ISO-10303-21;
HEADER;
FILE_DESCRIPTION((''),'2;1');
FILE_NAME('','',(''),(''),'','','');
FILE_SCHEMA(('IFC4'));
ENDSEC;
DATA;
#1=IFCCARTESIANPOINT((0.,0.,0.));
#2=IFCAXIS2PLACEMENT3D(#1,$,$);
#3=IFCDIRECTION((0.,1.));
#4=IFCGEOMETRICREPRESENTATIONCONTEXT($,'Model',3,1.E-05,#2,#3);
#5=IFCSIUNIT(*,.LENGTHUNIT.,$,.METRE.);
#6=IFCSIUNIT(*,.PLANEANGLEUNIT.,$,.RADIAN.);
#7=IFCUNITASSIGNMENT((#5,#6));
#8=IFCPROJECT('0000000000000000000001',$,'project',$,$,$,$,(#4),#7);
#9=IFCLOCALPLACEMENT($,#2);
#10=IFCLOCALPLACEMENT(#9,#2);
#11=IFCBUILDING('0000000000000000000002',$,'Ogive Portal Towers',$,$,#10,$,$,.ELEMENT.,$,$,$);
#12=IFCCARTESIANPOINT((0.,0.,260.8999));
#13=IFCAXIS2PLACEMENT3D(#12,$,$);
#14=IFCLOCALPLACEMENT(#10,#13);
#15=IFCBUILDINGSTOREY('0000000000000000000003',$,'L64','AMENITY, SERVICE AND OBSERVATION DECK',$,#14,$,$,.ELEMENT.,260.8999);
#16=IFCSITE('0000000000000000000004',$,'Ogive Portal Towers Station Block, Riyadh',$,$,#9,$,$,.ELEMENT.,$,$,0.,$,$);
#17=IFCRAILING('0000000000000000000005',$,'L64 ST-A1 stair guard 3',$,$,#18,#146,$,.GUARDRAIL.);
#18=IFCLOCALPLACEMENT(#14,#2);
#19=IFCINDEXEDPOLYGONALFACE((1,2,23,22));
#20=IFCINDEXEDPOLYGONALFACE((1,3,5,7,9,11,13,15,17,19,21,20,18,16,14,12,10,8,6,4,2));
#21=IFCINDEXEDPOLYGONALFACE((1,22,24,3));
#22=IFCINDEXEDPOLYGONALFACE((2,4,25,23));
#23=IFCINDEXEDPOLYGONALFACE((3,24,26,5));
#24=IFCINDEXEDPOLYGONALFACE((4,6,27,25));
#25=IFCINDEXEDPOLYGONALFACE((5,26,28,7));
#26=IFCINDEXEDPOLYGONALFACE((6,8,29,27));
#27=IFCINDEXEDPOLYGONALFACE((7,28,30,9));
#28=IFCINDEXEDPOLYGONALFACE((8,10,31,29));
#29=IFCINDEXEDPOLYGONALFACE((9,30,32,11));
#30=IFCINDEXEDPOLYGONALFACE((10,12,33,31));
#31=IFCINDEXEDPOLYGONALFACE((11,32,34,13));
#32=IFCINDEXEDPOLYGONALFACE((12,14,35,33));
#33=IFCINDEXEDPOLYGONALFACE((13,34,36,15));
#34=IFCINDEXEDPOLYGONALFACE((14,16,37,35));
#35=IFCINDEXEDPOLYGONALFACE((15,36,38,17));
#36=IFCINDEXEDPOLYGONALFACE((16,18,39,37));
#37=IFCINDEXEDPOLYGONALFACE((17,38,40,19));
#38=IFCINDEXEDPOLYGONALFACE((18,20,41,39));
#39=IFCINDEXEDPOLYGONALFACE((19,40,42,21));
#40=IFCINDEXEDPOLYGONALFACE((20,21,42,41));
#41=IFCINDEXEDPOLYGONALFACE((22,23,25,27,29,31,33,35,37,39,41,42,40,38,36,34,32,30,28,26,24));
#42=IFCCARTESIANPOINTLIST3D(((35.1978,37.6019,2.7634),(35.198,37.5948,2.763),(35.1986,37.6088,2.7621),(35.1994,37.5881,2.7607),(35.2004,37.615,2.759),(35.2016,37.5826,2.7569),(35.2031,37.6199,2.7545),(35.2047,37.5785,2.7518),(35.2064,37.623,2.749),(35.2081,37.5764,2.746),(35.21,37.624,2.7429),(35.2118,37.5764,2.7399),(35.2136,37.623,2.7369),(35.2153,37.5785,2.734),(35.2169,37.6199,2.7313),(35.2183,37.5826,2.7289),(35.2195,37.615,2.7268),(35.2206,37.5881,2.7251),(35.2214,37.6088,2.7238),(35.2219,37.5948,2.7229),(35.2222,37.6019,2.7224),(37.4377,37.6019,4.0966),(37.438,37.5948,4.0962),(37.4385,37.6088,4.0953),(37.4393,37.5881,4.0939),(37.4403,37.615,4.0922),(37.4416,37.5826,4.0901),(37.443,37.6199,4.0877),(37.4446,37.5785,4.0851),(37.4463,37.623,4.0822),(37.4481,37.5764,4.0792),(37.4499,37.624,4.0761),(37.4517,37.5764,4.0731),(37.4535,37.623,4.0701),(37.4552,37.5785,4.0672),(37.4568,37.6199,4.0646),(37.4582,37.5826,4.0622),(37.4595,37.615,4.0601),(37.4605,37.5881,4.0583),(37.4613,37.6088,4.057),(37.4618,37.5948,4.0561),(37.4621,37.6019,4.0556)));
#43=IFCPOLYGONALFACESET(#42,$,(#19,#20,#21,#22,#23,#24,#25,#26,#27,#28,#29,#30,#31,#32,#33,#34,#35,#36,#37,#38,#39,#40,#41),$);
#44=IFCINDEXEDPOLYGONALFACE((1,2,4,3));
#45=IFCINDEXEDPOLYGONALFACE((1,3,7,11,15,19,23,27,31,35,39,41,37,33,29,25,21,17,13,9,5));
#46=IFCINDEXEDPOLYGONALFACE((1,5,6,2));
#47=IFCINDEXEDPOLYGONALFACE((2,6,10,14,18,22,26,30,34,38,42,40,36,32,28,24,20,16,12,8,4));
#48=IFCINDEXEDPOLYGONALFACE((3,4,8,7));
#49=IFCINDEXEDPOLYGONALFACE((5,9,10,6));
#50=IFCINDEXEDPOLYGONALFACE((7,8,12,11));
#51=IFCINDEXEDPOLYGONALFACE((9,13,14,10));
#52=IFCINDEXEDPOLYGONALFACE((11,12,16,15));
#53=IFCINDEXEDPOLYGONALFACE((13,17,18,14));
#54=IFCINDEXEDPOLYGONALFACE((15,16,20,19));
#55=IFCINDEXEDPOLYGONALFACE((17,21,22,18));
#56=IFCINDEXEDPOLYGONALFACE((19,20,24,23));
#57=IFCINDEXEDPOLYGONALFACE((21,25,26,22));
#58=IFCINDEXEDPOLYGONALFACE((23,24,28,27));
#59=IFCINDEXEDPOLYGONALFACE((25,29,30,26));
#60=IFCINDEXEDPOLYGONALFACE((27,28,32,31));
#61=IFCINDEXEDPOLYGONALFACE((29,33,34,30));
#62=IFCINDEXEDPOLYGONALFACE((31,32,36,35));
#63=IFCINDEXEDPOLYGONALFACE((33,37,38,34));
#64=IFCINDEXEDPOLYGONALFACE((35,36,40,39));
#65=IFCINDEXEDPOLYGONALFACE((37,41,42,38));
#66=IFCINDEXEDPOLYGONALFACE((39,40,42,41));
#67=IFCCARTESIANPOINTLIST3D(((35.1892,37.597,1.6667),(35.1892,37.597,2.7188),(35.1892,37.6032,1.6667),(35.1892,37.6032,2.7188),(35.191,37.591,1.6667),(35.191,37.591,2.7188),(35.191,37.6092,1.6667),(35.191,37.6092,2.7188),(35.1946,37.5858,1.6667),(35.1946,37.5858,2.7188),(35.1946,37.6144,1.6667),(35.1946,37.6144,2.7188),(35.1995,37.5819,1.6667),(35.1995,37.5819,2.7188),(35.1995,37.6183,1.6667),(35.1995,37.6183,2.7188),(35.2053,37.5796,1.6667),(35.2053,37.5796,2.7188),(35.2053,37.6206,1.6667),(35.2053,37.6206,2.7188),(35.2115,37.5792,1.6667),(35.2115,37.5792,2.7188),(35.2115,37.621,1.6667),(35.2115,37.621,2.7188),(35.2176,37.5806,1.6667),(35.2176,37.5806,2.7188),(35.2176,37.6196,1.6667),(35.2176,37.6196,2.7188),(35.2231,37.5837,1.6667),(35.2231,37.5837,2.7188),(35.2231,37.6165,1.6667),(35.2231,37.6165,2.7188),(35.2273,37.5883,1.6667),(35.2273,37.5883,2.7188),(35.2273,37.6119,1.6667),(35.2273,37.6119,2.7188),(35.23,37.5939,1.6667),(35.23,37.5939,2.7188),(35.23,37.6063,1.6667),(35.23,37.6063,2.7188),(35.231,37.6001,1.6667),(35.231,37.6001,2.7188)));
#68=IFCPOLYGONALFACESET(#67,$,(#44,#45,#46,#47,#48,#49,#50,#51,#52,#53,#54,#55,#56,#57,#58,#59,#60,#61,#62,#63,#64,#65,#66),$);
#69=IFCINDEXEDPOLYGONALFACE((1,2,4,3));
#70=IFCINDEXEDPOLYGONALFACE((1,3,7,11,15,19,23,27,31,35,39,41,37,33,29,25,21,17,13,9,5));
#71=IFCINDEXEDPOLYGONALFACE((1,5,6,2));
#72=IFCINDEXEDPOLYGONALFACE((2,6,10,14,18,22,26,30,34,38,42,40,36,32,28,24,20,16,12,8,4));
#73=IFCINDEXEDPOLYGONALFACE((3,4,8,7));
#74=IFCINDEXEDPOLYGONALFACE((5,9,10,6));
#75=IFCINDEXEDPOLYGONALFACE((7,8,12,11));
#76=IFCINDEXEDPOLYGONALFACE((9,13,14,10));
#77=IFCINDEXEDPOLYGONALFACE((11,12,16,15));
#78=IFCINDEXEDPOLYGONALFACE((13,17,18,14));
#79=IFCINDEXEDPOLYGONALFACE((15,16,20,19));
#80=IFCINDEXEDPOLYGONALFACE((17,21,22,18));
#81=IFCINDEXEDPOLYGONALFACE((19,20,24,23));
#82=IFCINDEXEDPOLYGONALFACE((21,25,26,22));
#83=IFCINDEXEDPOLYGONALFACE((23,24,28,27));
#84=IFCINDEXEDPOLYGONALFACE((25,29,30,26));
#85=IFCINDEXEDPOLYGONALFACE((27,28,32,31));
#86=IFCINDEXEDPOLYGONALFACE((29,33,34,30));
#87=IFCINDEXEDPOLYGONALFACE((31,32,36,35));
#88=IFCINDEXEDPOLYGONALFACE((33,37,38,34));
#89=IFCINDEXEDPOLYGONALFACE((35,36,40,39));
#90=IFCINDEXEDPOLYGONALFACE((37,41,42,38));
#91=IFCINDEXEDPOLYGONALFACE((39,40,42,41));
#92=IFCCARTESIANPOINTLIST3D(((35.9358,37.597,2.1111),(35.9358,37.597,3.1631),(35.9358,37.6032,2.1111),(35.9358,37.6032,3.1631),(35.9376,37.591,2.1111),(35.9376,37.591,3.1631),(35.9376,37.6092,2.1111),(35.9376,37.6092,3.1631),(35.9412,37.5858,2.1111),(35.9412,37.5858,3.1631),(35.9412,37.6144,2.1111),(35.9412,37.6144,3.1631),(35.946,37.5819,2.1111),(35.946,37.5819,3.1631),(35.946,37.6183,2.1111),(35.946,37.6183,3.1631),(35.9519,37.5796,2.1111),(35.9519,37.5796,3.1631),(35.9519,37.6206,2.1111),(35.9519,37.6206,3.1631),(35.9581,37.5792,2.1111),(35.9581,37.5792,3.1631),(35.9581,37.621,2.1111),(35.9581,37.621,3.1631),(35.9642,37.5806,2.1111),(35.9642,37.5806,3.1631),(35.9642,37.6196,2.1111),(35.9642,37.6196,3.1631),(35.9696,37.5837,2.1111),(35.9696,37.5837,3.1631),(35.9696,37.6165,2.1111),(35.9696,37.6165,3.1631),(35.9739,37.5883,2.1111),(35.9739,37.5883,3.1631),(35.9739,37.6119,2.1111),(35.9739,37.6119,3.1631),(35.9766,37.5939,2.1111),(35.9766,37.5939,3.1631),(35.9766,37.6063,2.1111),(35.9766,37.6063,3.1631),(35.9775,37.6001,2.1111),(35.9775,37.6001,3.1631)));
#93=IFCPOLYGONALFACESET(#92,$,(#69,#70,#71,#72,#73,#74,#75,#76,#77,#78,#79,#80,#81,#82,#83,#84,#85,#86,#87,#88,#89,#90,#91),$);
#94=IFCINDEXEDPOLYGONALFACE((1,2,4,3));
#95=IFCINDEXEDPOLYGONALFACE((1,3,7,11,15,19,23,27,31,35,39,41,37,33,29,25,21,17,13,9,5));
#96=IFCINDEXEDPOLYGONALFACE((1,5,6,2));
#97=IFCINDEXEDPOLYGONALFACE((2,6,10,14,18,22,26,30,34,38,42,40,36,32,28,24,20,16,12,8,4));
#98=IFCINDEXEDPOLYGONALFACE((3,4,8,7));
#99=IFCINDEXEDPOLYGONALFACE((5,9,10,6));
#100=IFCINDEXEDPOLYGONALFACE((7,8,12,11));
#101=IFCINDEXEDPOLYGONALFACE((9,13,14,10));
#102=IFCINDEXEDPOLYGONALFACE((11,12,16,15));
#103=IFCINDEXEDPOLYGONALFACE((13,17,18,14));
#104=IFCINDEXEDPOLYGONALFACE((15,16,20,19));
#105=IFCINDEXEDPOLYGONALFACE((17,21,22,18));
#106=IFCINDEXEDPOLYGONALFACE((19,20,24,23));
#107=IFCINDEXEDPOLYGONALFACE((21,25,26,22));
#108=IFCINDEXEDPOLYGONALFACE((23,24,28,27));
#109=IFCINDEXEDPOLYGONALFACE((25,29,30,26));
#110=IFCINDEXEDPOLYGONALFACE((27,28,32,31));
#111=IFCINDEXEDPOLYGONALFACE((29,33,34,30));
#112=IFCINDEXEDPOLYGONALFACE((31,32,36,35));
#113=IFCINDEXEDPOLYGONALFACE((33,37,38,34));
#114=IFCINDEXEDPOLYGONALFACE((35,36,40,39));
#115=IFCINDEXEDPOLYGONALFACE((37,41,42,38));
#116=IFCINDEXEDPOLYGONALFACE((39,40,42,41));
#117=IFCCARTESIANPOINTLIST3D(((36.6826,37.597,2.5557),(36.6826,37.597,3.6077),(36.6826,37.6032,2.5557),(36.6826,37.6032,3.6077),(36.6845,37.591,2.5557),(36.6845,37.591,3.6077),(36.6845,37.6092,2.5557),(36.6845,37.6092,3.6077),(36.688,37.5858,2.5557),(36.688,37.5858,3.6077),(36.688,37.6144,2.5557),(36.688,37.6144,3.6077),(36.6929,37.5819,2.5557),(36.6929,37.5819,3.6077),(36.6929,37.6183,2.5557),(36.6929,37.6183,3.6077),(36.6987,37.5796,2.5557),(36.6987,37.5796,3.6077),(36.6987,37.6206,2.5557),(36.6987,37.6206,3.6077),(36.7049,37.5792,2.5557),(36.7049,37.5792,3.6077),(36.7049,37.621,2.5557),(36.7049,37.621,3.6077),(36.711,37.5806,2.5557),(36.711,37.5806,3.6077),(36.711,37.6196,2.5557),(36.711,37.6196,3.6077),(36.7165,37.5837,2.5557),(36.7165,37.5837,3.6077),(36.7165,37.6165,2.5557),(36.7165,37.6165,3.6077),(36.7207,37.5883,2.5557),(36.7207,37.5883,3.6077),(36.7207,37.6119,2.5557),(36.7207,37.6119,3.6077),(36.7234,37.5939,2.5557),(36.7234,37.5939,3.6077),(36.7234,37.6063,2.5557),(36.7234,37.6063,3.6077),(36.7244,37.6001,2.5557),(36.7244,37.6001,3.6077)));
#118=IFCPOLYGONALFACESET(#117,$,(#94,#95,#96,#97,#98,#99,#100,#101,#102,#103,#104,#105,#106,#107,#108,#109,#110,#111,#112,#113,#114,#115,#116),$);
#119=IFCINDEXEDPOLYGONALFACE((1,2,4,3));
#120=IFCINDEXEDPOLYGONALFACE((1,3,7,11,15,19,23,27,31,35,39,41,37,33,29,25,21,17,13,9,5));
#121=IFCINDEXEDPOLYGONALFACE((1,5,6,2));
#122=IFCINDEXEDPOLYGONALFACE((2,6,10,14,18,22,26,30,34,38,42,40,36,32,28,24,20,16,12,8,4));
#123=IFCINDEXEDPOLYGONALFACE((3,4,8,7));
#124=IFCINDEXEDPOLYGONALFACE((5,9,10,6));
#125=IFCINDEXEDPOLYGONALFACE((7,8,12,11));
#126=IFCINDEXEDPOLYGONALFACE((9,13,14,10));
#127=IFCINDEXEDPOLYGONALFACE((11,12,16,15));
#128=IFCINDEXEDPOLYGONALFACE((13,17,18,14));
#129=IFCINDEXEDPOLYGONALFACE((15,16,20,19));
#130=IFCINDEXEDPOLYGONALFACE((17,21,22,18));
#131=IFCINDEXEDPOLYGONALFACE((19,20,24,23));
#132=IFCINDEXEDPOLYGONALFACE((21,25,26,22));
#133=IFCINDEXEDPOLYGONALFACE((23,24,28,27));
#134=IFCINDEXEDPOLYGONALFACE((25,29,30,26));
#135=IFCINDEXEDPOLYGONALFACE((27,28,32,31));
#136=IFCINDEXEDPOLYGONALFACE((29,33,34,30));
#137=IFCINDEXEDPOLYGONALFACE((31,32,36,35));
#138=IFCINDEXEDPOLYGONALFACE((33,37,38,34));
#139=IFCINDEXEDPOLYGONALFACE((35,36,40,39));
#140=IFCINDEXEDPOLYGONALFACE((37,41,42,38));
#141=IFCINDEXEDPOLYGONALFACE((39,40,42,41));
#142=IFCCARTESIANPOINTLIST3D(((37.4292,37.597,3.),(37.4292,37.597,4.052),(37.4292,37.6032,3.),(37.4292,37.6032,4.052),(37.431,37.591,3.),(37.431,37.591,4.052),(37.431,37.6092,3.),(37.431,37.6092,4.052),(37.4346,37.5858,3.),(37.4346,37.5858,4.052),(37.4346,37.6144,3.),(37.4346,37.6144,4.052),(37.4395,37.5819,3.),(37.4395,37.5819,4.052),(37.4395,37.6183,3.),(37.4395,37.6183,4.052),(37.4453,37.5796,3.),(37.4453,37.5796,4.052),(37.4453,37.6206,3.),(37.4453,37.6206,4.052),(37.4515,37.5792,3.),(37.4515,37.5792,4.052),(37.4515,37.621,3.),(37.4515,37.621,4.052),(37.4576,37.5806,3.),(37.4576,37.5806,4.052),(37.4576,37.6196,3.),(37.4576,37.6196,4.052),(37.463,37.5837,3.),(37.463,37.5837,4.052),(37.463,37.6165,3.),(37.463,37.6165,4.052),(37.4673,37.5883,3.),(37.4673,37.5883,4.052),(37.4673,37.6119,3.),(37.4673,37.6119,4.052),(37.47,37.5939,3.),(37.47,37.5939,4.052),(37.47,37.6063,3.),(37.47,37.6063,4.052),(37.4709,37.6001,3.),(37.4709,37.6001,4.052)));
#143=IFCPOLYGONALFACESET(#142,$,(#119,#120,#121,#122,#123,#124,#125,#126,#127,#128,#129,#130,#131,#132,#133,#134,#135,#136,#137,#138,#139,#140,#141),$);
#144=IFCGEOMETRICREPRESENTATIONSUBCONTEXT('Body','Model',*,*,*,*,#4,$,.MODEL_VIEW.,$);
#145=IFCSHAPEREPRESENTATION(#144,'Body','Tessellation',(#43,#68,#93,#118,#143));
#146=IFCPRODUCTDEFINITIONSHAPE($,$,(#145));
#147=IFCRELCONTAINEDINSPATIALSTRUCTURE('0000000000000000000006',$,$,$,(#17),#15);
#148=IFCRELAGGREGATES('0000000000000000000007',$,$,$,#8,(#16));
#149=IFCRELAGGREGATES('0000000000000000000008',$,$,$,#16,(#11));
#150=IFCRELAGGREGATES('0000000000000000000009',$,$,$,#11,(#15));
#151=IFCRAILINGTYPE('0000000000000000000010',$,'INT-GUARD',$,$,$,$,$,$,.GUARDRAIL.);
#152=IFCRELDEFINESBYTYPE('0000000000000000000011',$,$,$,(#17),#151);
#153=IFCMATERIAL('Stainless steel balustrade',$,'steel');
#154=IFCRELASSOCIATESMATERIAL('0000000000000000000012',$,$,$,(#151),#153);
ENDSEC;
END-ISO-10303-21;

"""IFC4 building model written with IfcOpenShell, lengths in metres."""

from ifc_helpers import new_model, si_unit, direction, frame, origin, origin_2d, place, context, subcontext, project, spatial, circle, extrude, material, type_object, element, save


model = new_model("IFC4")

# Units and contexts
model_context = context("Model", 3, precision=1e-05, world=origin(), true_north=direction((0.0, 1.0)))
body_context = subcontext(model_context, "Body", "Model", "MODEL_VIEW")
ifc_project = project(units=[si_unit("LENGTHUNIT", "METRE"), si_unit("PLANEANGLEUNIT", "RADIAN")], contexts=[model_context])

# Site, building, storey
site_placement = place(None, origin())
site = spatial("IfcSite", under=ifc_project, at=site_placement, Name="Ogive Portal Towers Station Block, Riyadh", CompositionType="ELEMENT", RefElevation=0.0)
building_placement = place(site_placement, origin())
building = spatial("IfcBuilding", under=site, at=building_placement, Name="Ogive Portal Towers", CompositionType="ELEMENT")
storey_placement = place(building_placement, frame((0.0, 0.0, 260.8999)))
storey = spatial("IfcBuildingStorey", under=building, at=storey_placement, Name="L64", Description="AMENITY, SERVICE AND OBSERVATION DECK", CompositionType="ELEMENT", Elevation=260.8999)

# Railing
ifc_material_1 = material(Name="Stainless steel balustrade", Category="steel")
railing_type_1 = type_object("IfcRailingType", Name="INT-GUARD", PredefinedType="GUARDRAIL", material=ifc_material_1)
railing_1_placement = place(storey_placement, frame((35.21, 37.6001, 1.6667)))
element("IfcRailing", 1, at=railing_1_placement, inside=storey, type_object=railing_type_1, Name="L64 ST-A1 stair guard 3", PredefinedType="GUARDRAIL", context=body_context, shape_type="SweptSolid", body=[
    extrude(circle(Radius=0.0239, at=origin_2d()), frame((0.0, 0.0, 1.0762), z_axis=(0.859306, 0.0, 0.511462), x_axis=(0.0, 1.0, 0.0)), (0.0, 0.0, 1.0), 2.6067),
    extrude(circle(Radius=0.021, at=origin_2d()), origin(), (0.0, 0.0, 1.0), 1.052),
    extrude(circle(Radius=0.021, at=origin_2d()), frame((0.7466, 0.0, 0.4443)), (0.0, 0.0, 1.0), 1.052),
    extrude(circle(Radius=0.021, at=origin_2d()), frame((1.4934, 0.0, 0.8889)), (0.0, 0.0, 1.0), 1.052),
    extrude(circle(Radius=0.021, at=origin_2d()), frame((2.24, 0.0, 1.3333)), (0.0, 0.0, 1.0), 1.052),
])

save(model, "model.ifc")
